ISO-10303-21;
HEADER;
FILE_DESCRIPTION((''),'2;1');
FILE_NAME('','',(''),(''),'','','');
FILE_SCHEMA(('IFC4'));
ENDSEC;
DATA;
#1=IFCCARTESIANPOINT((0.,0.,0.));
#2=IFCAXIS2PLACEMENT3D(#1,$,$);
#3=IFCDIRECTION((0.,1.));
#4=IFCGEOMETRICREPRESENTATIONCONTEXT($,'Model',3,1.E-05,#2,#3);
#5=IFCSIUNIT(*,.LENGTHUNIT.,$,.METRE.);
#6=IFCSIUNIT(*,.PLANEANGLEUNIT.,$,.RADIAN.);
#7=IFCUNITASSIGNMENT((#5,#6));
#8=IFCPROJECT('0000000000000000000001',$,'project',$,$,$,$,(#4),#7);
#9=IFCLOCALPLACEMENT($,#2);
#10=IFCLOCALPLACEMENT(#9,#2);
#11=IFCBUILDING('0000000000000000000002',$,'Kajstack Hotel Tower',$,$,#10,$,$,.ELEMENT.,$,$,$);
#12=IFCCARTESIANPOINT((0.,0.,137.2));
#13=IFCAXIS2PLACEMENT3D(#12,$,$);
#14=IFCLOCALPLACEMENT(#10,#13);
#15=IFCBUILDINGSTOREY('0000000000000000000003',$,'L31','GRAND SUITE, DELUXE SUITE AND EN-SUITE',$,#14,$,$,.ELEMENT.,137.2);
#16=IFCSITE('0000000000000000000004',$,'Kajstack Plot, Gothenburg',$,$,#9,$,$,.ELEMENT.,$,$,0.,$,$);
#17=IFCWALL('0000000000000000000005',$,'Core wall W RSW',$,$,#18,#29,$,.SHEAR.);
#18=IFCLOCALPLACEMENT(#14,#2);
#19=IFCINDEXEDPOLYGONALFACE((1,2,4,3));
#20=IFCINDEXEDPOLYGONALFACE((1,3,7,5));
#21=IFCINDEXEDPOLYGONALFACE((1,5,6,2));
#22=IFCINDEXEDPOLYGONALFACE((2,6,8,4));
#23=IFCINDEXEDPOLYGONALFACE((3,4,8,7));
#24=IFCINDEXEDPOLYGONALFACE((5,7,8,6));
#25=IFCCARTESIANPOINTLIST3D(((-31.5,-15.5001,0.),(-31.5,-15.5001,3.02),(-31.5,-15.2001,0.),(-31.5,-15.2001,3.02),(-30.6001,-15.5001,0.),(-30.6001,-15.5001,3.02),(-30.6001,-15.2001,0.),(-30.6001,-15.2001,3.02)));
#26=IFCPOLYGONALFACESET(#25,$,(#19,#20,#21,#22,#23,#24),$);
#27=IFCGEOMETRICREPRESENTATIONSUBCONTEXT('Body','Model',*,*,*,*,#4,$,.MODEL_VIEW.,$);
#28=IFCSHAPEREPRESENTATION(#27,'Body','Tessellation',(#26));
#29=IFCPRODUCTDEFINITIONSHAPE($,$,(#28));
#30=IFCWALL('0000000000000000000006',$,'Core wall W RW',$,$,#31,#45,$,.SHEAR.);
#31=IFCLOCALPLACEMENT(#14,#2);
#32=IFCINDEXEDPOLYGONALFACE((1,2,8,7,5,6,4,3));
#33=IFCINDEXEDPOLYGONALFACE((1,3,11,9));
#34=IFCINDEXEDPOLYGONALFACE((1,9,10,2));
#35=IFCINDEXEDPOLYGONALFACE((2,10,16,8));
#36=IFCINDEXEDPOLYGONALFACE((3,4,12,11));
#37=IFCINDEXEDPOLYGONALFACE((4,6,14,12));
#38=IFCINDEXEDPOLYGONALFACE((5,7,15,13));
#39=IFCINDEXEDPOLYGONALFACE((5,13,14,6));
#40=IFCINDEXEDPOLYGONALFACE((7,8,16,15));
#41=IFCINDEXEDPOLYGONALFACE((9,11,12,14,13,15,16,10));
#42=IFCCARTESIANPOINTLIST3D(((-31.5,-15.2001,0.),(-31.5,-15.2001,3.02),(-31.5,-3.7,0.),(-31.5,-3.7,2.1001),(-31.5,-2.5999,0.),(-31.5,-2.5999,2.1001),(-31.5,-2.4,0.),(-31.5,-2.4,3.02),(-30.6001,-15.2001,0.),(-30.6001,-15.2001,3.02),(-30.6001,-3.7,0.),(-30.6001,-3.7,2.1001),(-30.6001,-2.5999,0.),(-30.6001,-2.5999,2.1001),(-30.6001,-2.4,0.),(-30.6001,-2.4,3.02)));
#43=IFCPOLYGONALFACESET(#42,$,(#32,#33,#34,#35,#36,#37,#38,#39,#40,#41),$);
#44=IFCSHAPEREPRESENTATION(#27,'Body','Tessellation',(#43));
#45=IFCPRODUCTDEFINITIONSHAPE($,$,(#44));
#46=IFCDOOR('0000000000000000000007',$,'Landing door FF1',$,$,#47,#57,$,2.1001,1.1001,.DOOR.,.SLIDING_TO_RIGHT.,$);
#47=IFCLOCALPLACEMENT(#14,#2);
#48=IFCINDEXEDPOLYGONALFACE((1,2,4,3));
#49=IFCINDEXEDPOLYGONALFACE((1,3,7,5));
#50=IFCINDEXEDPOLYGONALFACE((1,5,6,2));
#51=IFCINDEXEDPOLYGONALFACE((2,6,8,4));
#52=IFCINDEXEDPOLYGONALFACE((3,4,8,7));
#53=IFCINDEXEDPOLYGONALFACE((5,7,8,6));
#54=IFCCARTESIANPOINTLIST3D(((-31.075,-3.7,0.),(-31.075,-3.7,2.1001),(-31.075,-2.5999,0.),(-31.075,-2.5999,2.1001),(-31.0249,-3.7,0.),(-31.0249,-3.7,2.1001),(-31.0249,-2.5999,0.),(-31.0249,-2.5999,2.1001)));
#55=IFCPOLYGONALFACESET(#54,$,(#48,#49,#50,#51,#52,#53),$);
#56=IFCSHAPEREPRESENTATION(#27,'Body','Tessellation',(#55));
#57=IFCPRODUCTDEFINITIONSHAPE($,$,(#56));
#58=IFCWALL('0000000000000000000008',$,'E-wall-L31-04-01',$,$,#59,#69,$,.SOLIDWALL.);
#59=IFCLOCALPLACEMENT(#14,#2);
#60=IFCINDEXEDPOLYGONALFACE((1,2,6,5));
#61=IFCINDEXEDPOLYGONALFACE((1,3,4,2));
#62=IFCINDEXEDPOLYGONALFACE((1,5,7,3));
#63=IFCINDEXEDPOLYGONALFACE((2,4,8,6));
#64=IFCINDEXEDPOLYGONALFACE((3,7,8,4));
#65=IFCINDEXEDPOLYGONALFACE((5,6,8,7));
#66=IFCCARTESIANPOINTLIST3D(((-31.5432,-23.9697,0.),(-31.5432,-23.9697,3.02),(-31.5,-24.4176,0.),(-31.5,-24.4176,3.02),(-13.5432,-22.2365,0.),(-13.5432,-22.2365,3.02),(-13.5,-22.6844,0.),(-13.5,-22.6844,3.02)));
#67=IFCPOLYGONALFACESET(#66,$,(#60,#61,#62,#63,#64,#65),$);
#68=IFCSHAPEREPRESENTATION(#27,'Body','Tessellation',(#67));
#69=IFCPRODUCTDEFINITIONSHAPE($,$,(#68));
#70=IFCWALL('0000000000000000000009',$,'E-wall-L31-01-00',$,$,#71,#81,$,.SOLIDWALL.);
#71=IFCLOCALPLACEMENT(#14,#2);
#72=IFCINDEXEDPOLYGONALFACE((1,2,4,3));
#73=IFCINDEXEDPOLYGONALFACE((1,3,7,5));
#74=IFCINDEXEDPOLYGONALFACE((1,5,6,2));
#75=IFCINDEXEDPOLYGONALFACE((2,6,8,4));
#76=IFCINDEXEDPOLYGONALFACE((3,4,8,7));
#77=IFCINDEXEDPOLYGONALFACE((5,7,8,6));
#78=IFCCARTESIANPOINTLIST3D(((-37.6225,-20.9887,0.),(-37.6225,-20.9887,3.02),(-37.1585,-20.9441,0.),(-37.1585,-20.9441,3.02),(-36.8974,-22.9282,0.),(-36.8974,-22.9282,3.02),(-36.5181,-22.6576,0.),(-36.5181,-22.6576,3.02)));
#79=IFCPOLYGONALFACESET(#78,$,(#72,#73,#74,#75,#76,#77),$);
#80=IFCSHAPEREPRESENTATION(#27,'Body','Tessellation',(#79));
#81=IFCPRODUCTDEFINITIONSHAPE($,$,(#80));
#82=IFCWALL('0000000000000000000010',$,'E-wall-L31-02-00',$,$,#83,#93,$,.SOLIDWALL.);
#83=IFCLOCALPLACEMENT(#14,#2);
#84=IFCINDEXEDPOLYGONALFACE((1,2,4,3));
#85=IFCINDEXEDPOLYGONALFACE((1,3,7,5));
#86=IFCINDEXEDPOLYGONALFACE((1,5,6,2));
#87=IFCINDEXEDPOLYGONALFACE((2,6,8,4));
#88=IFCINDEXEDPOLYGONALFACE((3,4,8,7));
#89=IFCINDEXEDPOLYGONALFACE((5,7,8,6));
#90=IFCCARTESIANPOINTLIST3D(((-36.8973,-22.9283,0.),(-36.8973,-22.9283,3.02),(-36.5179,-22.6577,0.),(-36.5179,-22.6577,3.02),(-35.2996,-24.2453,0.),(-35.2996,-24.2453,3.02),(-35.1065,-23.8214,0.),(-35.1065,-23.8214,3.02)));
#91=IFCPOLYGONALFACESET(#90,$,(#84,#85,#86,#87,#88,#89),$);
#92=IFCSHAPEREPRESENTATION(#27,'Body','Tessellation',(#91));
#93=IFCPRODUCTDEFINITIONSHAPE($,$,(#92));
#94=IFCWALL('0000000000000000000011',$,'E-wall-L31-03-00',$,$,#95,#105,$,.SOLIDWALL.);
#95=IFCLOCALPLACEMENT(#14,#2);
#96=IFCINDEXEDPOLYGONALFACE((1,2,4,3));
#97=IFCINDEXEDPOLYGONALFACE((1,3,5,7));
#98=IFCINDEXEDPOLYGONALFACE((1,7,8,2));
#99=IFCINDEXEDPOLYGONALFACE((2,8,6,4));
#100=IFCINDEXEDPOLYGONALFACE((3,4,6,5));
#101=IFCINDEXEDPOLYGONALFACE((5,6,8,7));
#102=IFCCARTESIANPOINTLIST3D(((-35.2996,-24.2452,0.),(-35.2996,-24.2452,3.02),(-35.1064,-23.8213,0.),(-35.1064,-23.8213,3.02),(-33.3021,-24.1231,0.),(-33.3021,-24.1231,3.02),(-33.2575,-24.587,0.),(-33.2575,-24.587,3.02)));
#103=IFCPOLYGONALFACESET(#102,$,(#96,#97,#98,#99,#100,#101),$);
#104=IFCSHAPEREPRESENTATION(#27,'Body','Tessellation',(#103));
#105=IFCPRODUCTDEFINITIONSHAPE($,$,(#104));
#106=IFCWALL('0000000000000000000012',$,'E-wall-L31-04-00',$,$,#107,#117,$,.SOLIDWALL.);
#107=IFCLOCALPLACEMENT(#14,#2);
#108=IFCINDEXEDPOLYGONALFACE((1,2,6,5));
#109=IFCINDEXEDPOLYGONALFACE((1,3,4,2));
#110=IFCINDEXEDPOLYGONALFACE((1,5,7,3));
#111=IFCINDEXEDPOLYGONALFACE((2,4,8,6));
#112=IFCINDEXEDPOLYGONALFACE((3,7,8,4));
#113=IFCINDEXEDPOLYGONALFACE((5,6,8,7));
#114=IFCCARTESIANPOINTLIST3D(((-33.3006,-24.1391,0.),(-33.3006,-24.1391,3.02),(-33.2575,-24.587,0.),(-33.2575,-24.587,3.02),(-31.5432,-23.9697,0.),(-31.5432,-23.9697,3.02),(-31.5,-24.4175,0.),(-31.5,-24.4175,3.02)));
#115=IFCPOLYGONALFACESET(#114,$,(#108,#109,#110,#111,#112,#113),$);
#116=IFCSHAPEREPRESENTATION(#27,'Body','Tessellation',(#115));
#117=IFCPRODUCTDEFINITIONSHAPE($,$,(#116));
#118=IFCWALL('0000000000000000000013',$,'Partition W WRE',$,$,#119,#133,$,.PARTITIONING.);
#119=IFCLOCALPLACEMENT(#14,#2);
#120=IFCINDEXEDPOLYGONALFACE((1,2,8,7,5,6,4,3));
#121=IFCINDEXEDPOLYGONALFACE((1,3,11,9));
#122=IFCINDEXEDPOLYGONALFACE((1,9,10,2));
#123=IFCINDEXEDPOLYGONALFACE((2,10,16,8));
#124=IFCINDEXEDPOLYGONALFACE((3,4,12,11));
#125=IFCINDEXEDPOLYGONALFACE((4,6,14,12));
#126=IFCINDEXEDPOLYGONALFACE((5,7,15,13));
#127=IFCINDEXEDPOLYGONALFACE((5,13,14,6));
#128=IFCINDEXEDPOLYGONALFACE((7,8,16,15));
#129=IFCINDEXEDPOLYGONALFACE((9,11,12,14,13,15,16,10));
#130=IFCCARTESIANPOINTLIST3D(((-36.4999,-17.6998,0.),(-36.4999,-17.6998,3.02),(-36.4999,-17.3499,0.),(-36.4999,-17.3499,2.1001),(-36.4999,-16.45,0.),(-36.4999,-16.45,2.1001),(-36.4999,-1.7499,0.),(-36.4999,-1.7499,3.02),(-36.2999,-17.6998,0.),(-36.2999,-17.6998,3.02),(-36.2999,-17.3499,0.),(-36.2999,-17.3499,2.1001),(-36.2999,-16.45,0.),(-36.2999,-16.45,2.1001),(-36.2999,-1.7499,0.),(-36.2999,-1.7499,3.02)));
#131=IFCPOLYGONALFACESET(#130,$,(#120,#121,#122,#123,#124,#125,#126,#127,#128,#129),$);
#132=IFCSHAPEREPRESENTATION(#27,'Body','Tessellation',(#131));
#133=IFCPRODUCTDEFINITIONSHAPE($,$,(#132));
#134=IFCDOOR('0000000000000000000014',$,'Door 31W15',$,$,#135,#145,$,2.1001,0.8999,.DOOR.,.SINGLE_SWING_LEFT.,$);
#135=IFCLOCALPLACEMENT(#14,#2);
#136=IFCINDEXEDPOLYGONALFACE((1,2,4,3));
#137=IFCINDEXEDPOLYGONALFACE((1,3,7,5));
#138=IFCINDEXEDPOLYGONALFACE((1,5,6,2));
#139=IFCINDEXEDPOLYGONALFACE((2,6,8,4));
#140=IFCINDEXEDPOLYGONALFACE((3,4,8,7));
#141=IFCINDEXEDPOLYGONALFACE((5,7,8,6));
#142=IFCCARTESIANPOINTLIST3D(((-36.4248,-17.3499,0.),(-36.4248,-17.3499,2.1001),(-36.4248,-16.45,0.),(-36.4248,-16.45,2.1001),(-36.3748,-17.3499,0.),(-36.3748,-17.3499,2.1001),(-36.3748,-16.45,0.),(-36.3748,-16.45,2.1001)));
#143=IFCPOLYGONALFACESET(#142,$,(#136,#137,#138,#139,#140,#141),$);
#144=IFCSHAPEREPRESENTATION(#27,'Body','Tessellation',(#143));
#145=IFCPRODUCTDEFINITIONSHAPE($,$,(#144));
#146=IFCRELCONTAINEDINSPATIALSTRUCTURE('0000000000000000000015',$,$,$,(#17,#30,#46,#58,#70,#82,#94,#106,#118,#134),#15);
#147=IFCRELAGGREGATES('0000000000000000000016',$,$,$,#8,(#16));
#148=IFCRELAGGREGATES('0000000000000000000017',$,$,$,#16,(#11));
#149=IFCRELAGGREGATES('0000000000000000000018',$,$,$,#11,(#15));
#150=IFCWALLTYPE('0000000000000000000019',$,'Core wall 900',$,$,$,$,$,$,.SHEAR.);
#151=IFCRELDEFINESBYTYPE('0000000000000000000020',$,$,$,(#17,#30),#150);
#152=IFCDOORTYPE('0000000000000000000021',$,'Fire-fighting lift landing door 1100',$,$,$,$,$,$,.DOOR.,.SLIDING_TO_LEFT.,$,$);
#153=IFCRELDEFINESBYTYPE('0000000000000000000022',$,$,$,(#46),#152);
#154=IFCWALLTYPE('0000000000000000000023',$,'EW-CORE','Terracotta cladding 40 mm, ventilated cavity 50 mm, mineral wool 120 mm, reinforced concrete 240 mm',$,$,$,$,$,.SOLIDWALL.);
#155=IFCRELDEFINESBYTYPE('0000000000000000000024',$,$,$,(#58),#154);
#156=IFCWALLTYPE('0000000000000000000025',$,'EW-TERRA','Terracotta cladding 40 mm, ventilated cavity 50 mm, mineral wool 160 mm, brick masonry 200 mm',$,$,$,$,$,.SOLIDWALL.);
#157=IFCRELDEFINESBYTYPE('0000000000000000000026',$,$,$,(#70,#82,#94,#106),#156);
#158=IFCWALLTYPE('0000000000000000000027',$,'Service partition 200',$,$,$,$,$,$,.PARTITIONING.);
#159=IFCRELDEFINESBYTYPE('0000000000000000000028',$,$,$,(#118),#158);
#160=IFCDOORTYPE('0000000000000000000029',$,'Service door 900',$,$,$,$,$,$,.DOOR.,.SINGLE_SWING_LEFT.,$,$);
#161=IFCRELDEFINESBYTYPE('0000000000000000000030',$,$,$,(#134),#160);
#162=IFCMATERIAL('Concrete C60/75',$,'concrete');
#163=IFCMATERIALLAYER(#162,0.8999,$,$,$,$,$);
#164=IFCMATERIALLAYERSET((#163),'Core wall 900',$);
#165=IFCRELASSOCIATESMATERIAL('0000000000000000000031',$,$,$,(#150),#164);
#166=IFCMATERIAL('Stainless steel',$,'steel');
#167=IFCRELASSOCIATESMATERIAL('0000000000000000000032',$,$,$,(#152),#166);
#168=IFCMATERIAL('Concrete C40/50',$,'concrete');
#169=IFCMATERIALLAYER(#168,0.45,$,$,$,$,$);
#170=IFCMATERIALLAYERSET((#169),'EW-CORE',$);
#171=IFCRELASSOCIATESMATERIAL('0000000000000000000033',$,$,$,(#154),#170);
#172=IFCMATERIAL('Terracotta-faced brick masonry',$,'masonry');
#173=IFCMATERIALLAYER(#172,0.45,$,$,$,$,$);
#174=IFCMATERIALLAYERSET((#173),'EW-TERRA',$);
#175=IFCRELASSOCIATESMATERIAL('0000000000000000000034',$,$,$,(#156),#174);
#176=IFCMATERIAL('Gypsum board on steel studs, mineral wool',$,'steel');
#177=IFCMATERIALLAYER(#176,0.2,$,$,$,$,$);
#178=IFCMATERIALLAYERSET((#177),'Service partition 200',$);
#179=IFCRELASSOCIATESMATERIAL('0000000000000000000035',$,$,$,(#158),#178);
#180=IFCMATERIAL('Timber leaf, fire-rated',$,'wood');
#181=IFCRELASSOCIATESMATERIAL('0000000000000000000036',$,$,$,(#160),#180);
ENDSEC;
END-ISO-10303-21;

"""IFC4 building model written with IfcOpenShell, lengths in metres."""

from ifc_helpers import new_model, si_unit, direction, frame, frame_2d, origin, place, context, subcontext, project, spatial, polyline, rectangle, outline, extrude, material, layer, layer_set, type_object, element, fill, save


model = new_model("IFC4")

# Units and contexts
model_context = context("Model", 3, precision=1e-05, world=origin(), true_north=direction((0.0, 1.0)))
body_context = subcontext(model_context, "Body", "Model", "MODEL_VIEW")
ifc_project = project(units=[si_unit("LENGTHUNIT", "METRE"), si_unit("PLANEANGLEUNIT", "RADIAN")], contexts=[model_context])

# Site, building, storey
site_placement = place(None, origin())
site = spatial("IfcSite", under=ifc_project, at=site_placement, Name="Kajstack Plot, Gothenburg", CompositionType="ELEMENT", RefElevation=0.0)
building_placement = place(site_placement, origin())
building = spatial("IfcBuilding", under=site, at=building_placement, Name="Kajstack Hotel Tower", CompositionType="ELEMENT")
storey_placement = place(building_placement, frame((0.0, 0.0, 137.2)))
storey = spatial("IfcBuildingStorey", under=building, at=storey_placement, Name="L31", Description="GRAND SUITE, DELUXE SUITE AND EN-SUITE", CompositionType="ELEMENT", Elevation=137.2)

# Wall
ifc_material_1 = material(Name="Concrete C60/75", Category="concrete")
ifc_layer_1 = layer(ifc_material_1, 0.8999)
ifc_layer_set_1 = layer_set([ifc_layer_1], Name="Core wall 900")
wall_type_1 = type_object("IfcWallType", Name="Core wall 900", PredefinedType="SHEAR", material=ifc_layer_set_1)
wall_1_placement = place(storey_placement, frame((-31.5, -15.3501, 0.0), z_axis=(0.0, 0.0, 1.0), x_axis=(1.0, 0.0, 0.0)))
element("IfcWall", 1, at=wall_1_placement, inside=storey, type_object=wall_type_1, Name="Core wall W RSW", PredefinedType="SHEAR", context=body_context, shape_type="SweptSolid", body=[
    extrude(rectangle(XDim=0.8999, YDim=0.3, at=frame_2d((0.45, 0.0))), origin(), (0.0, 0.0, 1.0), 3.02),
])

# Wall, opening, door
wall_2_placement = place(storey_placement, frame((-31.05, -15.2, 0.0), z_axis=(0.0, 0.0, 1.0), x_axis=(0.0, 1.0, 0.0)))
wall_2 = element("IfcWall", 2, at=wall_2_placement, inside=storey, type_object=wall_type_1, Name="Core wall W RW", PredefinedType="SHEAR", context=body_context, shape_type="SweptSolid", body=[
    extrude(rectangle(XDim=12.8, YDim=0.8999, at=frame_2d((6.3999, 0.0))), origin(), (0.0, 0.0, 1.0), 3.02),
])
opening_1_placement = place(wall_2_placement, frame((11.5, 0.0, 0.0)))
opening_1 = element("IfcOpeningElement", 3, at=opening_1_placement, cuts=wall_2, PredefinedType="OPENING", context=body_context, shape_type="SweptSolid", body=[
    extrude(rectangle(XDim=1.1001, YDim=2.1001, at=frame_2d((0.55, 1.05))), frame((0.0, 0.46, 0.0), z_axis=(0.0, -1.0, 0.0), x_axis=(1.0, 0.0, 0.0)), (0.0, 0.0, 1.0), 0.9199),
])
ifc_material_2 = material(Name="Stainless steel", Category="steel")
door_type_1 = type_object("IfcDoorType", Name="Fire-fighting lift landing door 1100", OperationType="SLIDING_TO_LEFT", PredefinedType="DOOR", material=ifc_material_2)
door_1_placement = place(opening_1_placement, origin())
door_1 = element("IfcDoor", 4, at=door_1_placement, inside=storey, type_object=door_type_1, Name="Landing door FF1", OperationType="SLIDING_TO_RIGHT", OverallHeight=2.1001, OverallWidth=1.1001, PredefinedType="DOOR", context=body_context, shape_type="SweptSolid", body=[
    extrude(rectangle(XDim=1.1001, YDim=2.1001, at=frame_2d((0.55, 1.05))), frame((0.0, 0.0249, 0.0), z_axis=(0.0, -1.0, 0.0), x_axis=(1.0, 0.0, 0.0)), (0.0, 0.0, 1.0), 0.05),
])
fill(opening_1, door_1)

# Walls
ifc_material_3 = material(Name="Concrete C40/50", Category="concrete")
ifc_layer_2 = layer(ifc_material_3, 0.45)
ifc_layer_set_2 = layer_set([ifc_layer_2], Name="EW-CORE")
wall_type_2 = type_object("IfcWallType", Name="EW-CORE", Description="Terracotta cladding 40 mm, ventilated cavity 50 mm, mineral wool 120 mm, reinforced concrete 240 mm", PredefinedType="SOLIDWALL", material=ifc_layer_set_2)
wall_3_placement = place(storey_placement, frame((-31.5215, -24.1936, 0.0), z_axis=(0.0, 0.0, 1.0), x_axis=(0.995396, 0.095843, 0.0)))
element("IfcWall", 5, at=wall_3_placement, inside=storey, type_object=wall_type_2, Name="E-wall-L31-04-01", PredefinedType="SOLIDWALL", context=body_context, shape_type="SweptSolid", body=[
    extrude(rectangle(XDim=18.0833, YDim=0.45, at=frame_2d((9.0415, 0.0))), origin(), (0.0, 0.0, 1.0), 3.02),
])
ifc_material_4 = material(Name="Terracotta-faced brick masonry", Category="masonry")
ifc_layer_3 = layer(ifc_material_4, 0.45)
ifc_layer_set_3 = layer_set([ifc_layer_3], Name="EW-TERRA")
wall_type_3 = type_object("IfcWallType", Name="EW-TERRA", Description="Terracotta cladding 40 mm, ventilated cavity 50 mm, mineral wool 160 mm, brick masonry 200 mm", PredefinedType="SOLIDWALL", material=ifc_layer_set_3)
for number, where, z_axis, x_axis, name in (
    (6, (-37.4116, -20.9099, 0.0), (0.0, 0.0, 1.0), (0.350193, -0.936678, 0.0), "E-wall-L31-01-00"),
    (7, (-36.7542, -22.7546, 0.0), (0.0, 0.0, 1.0), (0.771651, -0.636046, 0.0), "E-wall-L31-02-00"),
):
    element("IfcWall", number, at=place(storey_placement, frame(where, z_axis=z_axis, x_axis=x_axis)), inside=storey, type_object=wall_type_3, Name=name, PredefinedType="SOLIDWALL", context=body_context, shape_type="SweptSolid", body=[
        extrude(outline(polyline([(0.0, -0.2251), (2.0706, -0.2251), (1.95, 0.2249), (0.1206, 0.2251), (0.0, -0.2251)])), origin(), (0.0, 0.0, 1.0), 3.02),
    ])
wall_4_placement = place(storey_placement, frame((-35.2625, -24.0232, 0.0), z_axis=(0.0, 0.0, 1.0), x_axis=(0.986279, -0.165087, 0.0)))
element("IfcWall", 8, at=wall_4_placement, inside=storey, type_object=wall_type_3, Name="E-wall-L31-03-00", PredefinedType="SOLIDWALL", context=body_context, shape_type="SweptSolid", body=[
    extrude(outline(polyline([(0.0, -0.2251), (2.0706, -0.2251), (1.95, 0.2251), (0.1206, 0.2249), (0.0, -0.2251)])), origin(), (0.0, 0.0, 1.0), 3.02),
])
wall_5_placement = place(storey_placement, frame((-33.2791, -24.363, 0.0), z_axis=(0.0, 0.0, 1.0), x_axis=(0.995385, 0.095957, 0.0)))
element("IfcWall", 9, at=wall_5_placement, inside=storey, type_object=wall_type_3, Name="E-wall-L31-04-00", PredefinedType="SOLIDWALL", context=body_context, shape_type="SweptSolid", body=[
    extrude(rectangle(XDim=1.7656, YDim=0.45, at=frame_2d((0.8828, 0.0))), origin(), (0.0, 0.0, 1.0), 3.02),
])

# Wall, opening, door
ifc_material_5 = material(Name="Gypsum board on steel studs, mineral wool", Category="steel")
ifc_layer_4 = layer(ifc_material_5, 0.2)
ifc_layer_set_4 = layer_set([ifc_layer_4], Name="Service partition 200")
wall_type_4 = type_object("IfcWallType", Name="Service partition 200", PredefinedType="PARTITIONING", material=ifc_layer_set_4)
wall_6_placement = place(storey_placement, frame((-36.3999, -17.7, 0.0), z_axis=(0.0, 0.0, 1.0), x_axis=(0.0, 1.0, 0.0)))
wall_6 = element("IfcWall", 10, at=wall_6_placement, inside=storey, type_object=wall_type_4, Name="Partition W WRE", PredefinedType="PARTITIONING", context=body_context, shape_type="SweptSolid", body=[
    extrude(rectangle(XDim=15.95, YDim=0.2, at=frame_2d((7.9751, 0.0))), origin(), (0.0, 0.0, 1.0), 3.02),
])
opening_2_placement = place(wall_6_placement, frame((0.3501, 0.0, 0.0)))
opening_2 = element("IfcOpeningElement", 11, at=opening_2_placement, cuts=wall_6, PredefinedType="OPENING", context=body_context, shape_type="SweptSolid", body=[
    extrude(rectangle(XDim=0.8999, YDim=2.1001, at=frame_2d((0.45, 1.05))), frame((0.0, 0.1099, 0.0), z_axis=(0.0, -1.0, 0.0), x_axis=(1.0, 0.0, 0.0)), (0.0, 0.0, 1.0), 0.22),
])
ifc_material_6 = material(Name="Timber leaf, fire-rated", Category="wood")
door_type_2 = type_object("IfcDoorType", Name="Service door 900", OperationType="SINGLE_SWING_LEFT", PredefinedType="DOOR", material=ifc_material_6)
door_2_placement = place(opening_2_placement, origin())
door_2 = element("IfcDoor", 12, at=door_2_placement, inside=storey, type_object=door_type_2, Name="Door 31W15", OperationType="SINGLE_SWING_LEFT", OverallHeight=2.1001, OverallWidth=0.8999, PredefinedType="DOOR", context=body_context, shape_type="SweptSolid", body=[
    extrude(rectangle(XDim=0.8999, YDim=2.1001, at=frame_2d((0.45, 1.05))), frame((0.0, 0.0249, 0.0), z_axis=(0.0, -1.0, 0.0), x_axis=(1.0, 0.0, 0.0)), (0.0, 0.0, 1.0), 0.05),
])
fill(opening_2, door_2)

save(model, "model.ifc")
